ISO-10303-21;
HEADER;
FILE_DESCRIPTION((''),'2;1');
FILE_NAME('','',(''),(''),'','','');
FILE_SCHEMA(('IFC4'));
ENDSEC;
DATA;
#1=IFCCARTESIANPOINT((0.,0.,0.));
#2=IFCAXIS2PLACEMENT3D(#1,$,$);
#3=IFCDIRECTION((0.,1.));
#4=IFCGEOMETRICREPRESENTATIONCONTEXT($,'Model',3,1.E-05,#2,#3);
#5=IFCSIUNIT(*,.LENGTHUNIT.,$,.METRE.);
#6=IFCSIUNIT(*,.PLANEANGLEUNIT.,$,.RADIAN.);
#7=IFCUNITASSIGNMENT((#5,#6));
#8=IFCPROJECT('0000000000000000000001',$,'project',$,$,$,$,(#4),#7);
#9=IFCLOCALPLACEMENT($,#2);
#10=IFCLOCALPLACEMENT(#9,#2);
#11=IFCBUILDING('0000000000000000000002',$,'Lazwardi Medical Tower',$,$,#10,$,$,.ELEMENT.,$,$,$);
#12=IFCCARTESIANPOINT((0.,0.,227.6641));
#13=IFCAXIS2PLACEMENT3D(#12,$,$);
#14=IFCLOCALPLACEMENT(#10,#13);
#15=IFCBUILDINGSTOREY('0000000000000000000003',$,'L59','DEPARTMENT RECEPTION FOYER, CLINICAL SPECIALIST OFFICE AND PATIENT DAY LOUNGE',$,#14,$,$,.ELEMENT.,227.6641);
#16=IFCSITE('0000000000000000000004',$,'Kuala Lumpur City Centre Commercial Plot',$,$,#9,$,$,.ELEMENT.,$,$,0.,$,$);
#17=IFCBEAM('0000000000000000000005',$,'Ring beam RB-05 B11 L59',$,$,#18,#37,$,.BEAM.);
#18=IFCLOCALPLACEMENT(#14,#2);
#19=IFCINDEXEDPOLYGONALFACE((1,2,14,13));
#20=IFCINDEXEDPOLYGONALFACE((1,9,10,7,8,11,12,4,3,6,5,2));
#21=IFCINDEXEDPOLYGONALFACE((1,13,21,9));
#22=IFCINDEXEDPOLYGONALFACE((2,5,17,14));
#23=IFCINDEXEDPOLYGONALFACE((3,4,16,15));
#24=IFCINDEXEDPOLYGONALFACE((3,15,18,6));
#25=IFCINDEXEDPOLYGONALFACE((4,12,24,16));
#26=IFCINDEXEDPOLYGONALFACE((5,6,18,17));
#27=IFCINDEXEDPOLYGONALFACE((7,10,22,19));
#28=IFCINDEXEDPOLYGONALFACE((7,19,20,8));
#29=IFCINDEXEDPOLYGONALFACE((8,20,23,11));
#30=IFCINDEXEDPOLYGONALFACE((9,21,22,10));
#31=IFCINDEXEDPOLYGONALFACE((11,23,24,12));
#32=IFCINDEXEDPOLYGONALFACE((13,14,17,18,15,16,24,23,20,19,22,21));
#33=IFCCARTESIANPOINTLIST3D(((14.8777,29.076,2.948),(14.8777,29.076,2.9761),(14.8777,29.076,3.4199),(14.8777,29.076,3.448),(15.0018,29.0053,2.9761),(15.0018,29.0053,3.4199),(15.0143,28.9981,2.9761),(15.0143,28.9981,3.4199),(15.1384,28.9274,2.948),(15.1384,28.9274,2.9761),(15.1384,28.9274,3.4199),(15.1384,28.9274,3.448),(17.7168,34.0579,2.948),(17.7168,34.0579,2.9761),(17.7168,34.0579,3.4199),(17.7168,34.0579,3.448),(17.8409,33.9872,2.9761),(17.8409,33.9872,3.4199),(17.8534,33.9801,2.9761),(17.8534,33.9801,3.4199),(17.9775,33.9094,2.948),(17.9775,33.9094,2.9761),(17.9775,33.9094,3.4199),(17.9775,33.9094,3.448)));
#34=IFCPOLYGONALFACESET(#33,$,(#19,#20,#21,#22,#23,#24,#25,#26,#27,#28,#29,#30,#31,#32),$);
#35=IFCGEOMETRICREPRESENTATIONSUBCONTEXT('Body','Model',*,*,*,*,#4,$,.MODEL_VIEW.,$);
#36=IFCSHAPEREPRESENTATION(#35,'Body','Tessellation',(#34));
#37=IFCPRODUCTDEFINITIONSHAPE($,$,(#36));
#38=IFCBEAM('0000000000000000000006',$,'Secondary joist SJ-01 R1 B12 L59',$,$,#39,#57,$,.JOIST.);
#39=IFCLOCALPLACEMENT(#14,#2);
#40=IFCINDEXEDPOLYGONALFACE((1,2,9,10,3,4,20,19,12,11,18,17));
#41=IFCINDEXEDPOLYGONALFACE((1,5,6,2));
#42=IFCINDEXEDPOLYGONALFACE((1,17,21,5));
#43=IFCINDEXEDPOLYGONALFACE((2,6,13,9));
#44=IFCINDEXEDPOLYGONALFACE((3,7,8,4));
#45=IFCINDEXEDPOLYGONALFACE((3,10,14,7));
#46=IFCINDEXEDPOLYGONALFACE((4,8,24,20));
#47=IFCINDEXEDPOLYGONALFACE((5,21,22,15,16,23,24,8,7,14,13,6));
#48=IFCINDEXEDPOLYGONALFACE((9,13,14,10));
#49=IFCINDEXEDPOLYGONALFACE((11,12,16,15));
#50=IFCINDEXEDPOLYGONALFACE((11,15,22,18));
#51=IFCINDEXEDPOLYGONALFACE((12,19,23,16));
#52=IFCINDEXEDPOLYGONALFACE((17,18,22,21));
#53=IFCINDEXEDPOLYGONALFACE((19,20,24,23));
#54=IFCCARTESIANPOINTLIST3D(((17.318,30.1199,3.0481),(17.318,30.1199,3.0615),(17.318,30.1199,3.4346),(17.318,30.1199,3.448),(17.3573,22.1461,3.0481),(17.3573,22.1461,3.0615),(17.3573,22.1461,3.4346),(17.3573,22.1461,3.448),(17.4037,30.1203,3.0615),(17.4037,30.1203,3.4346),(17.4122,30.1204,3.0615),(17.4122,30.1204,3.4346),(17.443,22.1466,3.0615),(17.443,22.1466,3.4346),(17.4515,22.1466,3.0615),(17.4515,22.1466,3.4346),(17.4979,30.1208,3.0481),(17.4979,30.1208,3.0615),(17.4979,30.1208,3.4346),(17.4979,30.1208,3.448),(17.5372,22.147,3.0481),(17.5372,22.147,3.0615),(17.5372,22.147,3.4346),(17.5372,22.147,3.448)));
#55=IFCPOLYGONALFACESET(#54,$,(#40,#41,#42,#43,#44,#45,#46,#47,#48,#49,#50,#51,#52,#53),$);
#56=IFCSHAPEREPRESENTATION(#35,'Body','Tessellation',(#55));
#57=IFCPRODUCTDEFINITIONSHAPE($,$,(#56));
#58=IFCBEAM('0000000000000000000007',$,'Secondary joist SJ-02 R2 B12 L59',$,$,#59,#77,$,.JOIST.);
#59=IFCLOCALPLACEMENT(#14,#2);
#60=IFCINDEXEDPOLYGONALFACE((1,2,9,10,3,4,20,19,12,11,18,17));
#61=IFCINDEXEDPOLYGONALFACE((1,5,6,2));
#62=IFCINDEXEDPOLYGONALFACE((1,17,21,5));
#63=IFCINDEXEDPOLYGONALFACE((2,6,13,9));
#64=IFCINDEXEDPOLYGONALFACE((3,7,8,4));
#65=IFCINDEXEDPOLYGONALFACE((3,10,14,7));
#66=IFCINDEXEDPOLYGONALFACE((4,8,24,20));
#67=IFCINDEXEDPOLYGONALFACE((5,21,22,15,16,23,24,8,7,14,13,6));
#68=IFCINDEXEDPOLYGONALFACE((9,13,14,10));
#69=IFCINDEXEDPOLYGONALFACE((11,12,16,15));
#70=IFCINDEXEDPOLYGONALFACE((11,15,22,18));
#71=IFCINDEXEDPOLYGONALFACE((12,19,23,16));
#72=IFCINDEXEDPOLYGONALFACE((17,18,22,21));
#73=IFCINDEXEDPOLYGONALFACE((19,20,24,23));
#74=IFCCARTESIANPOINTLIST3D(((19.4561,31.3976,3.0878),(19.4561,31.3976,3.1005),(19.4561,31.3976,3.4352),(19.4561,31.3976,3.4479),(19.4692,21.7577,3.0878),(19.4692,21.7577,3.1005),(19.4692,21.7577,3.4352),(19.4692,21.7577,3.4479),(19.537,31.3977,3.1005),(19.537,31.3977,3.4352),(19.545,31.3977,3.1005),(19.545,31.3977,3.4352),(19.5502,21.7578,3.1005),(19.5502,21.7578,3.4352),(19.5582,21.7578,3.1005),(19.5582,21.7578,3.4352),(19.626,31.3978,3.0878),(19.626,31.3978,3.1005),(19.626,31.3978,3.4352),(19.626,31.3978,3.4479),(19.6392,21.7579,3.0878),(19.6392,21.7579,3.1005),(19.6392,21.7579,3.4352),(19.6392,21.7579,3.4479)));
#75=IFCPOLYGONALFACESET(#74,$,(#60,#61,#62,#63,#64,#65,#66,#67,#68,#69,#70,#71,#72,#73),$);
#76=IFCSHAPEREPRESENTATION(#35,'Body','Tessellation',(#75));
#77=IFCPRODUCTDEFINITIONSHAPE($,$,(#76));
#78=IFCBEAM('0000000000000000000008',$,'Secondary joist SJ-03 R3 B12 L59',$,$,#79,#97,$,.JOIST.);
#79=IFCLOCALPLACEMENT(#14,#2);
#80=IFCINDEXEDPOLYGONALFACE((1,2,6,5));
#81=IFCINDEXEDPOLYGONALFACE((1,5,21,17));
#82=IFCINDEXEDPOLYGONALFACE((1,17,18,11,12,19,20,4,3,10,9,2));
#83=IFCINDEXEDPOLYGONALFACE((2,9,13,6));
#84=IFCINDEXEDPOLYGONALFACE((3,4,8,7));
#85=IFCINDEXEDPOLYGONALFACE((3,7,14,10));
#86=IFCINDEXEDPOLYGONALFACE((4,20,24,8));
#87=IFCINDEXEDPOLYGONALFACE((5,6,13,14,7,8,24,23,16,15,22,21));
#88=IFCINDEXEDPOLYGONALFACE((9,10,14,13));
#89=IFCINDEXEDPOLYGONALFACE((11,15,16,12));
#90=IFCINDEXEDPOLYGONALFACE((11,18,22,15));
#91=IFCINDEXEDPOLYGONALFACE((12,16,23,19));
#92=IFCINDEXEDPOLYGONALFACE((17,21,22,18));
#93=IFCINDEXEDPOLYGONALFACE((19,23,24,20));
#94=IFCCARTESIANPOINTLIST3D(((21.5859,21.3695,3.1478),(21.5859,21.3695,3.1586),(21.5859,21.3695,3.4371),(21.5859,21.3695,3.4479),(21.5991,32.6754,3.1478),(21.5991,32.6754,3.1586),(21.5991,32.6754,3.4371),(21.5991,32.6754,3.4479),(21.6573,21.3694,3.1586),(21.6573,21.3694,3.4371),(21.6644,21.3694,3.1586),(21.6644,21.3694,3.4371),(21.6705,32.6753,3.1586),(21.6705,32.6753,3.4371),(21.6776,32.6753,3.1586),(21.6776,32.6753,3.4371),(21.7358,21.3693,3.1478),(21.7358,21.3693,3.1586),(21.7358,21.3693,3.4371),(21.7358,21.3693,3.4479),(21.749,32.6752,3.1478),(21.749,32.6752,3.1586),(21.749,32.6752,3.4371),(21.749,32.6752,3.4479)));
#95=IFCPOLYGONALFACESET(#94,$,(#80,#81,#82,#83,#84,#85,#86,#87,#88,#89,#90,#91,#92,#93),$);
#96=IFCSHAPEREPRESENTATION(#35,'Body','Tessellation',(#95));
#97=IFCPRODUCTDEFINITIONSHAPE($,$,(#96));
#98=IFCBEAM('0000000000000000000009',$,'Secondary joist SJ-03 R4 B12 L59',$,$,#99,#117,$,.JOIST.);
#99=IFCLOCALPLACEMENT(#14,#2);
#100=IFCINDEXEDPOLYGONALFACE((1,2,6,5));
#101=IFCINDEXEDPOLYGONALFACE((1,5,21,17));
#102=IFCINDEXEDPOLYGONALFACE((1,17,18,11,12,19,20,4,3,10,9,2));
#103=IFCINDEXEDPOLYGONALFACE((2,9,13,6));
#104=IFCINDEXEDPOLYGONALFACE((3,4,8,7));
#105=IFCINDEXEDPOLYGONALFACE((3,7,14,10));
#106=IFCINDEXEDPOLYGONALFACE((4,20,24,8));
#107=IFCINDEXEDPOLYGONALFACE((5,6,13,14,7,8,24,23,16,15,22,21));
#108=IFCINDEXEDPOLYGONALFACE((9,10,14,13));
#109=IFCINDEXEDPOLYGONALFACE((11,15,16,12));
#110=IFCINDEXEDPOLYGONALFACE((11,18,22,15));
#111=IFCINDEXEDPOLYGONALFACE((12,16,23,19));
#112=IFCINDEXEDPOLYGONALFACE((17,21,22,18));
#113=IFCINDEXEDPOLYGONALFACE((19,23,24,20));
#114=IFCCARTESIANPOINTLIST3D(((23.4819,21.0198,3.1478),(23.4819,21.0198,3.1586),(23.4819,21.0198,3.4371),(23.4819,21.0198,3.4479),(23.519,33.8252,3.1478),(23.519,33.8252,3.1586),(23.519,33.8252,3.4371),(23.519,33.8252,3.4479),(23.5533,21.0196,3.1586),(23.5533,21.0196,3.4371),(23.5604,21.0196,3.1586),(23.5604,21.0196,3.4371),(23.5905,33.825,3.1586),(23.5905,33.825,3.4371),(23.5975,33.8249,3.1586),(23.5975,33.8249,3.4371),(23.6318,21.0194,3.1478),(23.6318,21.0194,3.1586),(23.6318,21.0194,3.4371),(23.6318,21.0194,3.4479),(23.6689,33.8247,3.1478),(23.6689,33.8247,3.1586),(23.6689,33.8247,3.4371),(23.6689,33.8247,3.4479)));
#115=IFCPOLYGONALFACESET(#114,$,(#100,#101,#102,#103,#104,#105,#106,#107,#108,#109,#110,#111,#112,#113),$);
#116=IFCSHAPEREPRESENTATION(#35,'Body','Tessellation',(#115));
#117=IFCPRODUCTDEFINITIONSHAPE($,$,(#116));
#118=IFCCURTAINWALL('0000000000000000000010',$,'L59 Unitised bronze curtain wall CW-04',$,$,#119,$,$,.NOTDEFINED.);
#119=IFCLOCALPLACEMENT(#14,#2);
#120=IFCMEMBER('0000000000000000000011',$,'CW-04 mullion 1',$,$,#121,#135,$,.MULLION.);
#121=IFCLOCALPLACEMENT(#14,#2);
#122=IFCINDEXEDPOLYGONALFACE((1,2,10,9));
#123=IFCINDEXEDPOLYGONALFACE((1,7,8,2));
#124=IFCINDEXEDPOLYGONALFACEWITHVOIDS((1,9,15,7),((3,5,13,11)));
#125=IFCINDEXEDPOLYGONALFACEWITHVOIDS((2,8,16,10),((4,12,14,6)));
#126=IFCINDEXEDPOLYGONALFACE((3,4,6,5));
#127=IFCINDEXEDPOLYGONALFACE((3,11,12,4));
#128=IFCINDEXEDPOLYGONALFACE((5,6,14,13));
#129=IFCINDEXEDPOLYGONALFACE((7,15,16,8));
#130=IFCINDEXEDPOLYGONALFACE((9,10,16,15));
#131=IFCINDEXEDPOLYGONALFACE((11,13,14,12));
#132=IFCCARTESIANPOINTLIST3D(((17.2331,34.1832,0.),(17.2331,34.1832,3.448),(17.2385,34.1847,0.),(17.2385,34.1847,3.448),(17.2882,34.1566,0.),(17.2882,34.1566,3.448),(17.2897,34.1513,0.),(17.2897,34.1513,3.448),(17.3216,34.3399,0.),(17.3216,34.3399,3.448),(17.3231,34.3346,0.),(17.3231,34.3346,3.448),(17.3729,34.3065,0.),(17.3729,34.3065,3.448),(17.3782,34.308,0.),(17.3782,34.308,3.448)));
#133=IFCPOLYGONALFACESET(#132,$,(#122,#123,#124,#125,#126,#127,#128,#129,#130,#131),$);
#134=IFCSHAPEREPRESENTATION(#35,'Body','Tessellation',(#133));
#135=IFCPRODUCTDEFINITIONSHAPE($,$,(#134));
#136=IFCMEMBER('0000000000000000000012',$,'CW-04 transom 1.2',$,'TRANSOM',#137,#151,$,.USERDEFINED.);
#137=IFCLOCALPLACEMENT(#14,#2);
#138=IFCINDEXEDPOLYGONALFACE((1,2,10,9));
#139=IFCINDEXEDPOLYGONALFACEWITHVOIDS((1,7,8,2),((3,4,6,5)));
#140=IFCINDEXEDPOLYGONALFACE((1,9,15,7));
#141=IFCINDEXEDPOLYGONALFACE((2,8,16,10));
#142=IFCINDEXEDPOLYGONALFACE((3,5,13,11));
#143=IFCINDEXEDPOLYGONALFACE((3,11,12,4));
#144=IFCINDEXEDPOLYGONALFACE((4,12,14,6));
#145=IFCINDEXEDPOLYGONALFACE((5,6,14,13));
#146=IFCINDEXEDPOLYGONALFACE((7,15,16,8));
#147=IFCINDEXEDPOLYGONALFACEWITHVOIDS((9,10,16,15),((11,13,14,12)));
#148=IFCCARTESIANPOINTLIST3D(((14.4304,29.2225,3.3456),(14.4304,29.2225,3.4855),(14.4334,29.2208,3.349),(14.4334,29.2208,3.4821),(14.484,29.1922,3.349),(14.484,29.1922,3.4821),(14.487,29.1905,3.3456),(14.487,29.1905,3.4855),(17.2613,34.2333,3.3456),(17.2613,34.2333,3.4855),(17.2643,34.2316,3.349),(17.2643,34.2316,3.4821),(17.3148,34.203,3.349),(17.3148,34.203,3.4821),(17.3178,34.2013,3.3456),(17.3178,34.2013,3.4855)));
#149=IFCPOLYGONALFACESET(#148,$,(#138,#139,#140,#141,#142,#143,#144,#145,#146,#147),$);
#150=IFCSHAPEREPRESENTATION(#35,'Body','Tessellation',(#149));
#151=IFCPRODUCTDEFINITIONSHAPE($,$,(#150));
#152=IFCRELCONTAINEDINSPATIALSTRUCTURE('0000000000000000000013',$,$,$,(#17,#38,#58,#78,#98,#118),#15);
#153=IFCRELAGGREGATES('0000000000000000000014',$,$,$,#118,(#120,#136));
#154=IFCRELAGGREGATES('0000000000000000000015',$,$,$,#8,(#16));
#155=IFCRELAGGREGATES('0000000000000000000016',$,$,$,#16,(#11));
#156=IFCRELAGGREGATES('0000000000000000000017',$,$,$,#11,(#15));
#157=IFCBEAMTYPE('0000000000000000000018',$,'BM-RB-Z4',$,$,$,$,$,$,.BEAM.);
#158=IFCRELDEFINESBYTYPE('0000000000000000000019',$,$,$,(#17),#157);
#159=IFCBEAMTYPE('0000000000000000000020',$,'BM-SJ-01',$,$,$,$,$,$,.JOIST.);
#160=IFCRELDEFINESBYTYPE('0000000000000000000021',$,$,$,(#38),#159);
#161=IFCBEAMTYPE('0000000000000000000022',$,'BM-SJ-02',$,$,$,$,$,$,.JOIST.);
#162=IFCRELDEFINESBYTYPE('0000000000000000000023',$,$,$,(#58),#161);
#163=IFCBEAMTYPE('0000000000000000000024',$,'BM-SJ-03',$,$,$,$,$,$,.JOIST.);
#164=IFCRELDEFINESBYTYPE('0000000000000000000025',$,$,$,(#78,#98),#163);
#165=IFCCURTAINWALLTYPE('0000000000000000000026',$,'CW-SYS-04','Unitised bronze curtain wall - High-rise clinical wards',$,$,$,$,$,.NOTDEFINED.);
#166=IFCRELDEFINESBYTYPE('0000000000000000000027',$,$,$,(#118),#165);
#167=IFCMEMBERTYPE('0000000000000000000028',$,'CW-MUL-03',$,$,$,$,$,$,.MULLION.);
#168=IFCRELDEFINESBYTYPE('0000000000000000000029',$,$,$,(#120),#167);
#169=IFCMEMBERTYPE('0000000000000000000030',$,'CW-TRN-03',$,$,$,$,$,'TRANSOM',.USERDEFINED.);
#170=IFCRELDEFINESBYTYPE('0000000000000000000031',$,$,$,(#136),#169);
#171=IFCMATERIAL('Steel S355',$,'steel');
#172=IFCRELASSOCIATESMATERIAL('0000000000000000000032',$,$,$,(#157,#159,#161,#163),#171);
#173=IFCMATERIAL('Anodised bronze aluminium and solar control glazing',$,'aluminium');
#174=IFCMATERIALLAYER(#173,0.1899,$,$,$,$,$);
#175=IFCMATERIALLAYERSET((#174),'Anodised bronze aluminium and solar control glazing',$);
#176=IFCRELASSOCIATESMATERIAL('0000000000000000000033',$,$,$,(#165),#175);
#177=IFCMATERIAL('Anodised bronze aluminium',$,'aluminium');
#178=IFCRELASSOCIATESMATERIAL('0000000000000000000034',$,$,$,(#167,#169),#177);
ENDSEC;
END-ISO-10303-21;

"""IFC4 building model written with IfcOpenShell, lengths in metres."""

from ifc_helpers import new_model, si_unit, direction, frame, origin, origin_2d, place, context, subcontext, project, spatial, hollow_rectangle, i_section, extrude, material, layer, layer_set, material_profile, profile_set, type_object, element, aggregate, save


model = new_model("IFC4")

# Units and contexts
model_context = context("Model", 3, precision=1e-05, world=origin(), true_north=direction((0.0, 1.0)))
body_context = subcontext(model_context, "Body", "Model", "MODEL_VIEW")
ifc_project = project(units=[si_unit("LENGTHUNIT", "METRE"), si_unit("PLANEANGLEUNIT", "RADIAN")], contexts=[model_context])

# Site, building, storey
site_placement = place(None, origin())
site = spatial("IfcSite", under=ifc_project, at=site_placement, Name="Kuala Lumpur City Centre Commercial Plot", CompositionType="ELEMENT", RefElevation=0.0)
building_placement = place(site_placement, origin())
building = spatial("IfcBuilding", under=site, at=building_placement, Name="Lazwardi Medical Tower", CompositionType="ELEMENT")
storey_placement = place(building_placement, frame((0.0, 0.0, 227.6641)))
storey = spatial("IfcBuildingStorey", under=building, at=storey_placement, Name="L59", Description="DEPARTMENT RECEPTION FOYER, CLINICAL SPECIALIST OFFICE AND PATIENT DAY LOUNGE", CompositionType="ELEMENT", Elevation=227.6641)

# Beams
ifc_material_1 = material(Name="Steel S355", Category="steel")
ifc_material_profile_1 = material_profile(ifc_material_1, i_section(OverallWidth=0.3, OverallDepth=0.5, WebThickness=0.0144, FlangeThickness=0.0281, at=origin_2d()), Name="HEB 500")
ifc_profile_set_1 = profile_set([ifc_material_profile_1], Name="Steel S355")
beam_type_1 = type_object("IfcBeamType", Name="BM-RB-Z4", PredefinedType="BEAM", material=ifc_profile_set_1)
beam_1_placement = place(storey_placement, frame((17.8472, 33.9836, 3.198), z_axis=(-0.495125, -0.868822, 0.0), x_axis=(0.868822, -0.495125, 0.0)))
element("IfcBeam", 1, at=beam_1_placement, inside=storey, type_object=beam_type_1, Name="Ring beam RB-05 B11 L59", PredefinedType="BEAM", context=body_context, shape_type="SweptSolid", body=[
    extrude(i_section(OverallWidth=0.3, OverallDepth=0.5, WebThickness=0.0144, FlangeThickness=0.0281, at=origin_2d()), origin(), (0.0, 0.0, 1.0), 5.7341),
])
ifc_material_profile_2 = material_profile(ifc_material_1, i_section(OverallWidth=0.1799, OverallDepth=0.3999, WebThickness=0.0085, FlangeThickness=0.0134, at=origin_2d()), Name="IPE 400")
ifc_profile_set_2 = profile_set([ifc_material_profile_2], Name="Steel S355")
beam_type_2 = type_object("IfcBeamType", Name="BM-SJ-01", PredefinedType="JOIST", material=ifc_profile_set_2)
beam_2_placement = place(storey_placement, frame((17.408, 30.1204, 3.248), z_axis=(0.004929, -0.999988, 0.0), x_axis=(0.999988, 0.004929, 0.0)))
element("IfcBeam", 2, at=beam_2_placement, inside=storey, type_object=beam_type_2, Name="Secondary joist SJ-01 R1 B12 L59", PredefinedType="JOIST", context=body_context, shape_type="SweptSolid", body=[
    extrude(i_section(OverallWidth=0.1799, OverallDepth=0.3999, WebThickness=0.0085, FlangeThickness=0.0134, at=origin_2d()), origin(), (0.0, 0.0, 1.0), 7.9739),
])
ifc_material_profile_3 = material_profile(ifc_material_1, i_section(OverallWidth=0.1699, OverallDepth=0.3601, WebThickness=0.0081, FlangeThickness=0.0127, at=origin_2d()), Name="IPE 360")
ifc_profile_set_3 = profile_set([ifc_material_profile_3], Name="Steel S355")
beam_type_3 = type_object("IfcBeamType", Name="BM-SJ-02", PredefinedType="JOIST", material=ifc_profile_set_3)
beam_3_placement = place(storey_placement, frame((19.541, 31.3977, 3.2678), z_axis=(0.001368, -0.999999, 0.0), x_axis=(0.999999, 0.001368, 0.0)))
element("IfcBeam", 3, at=beam_3_placement, inside=storey, type_object=beam_type_3, Name="Secondary joist SJ-02 R2 B12 L59", PredefinedType="JOIST", context=body_context, shape_type="SweptSolid", body=[
    extrude(i_section(OverallWidth=0.1699, OverallDepth=0.3601, WebThickness=0.0081, FlangeThickness=0.0127, at=origin_2d()), origin(), (0.0, 0.0, 1.0), 9.6399),
])
ifc_material_profile_4 = material_profile(ifc_material_1, i_section(OverallWidth=0.1499, OverallDepth=0.3, WebThickness=0.0071, FlangeThickness=0.0107, at=origin_2d()), Name="IPE 300")
ifc_profile_set_4 = profile_set([ifc_material_profile_4], Name="Steel S355")
beam_type_4 = type_object("IfcBeamType", Name="BM-SJ-03", PredefinedType="JOIST", material=ifc_profile_set_4)
beam_4_placement = place(storey_placement, frame((21.6741, 32.6753, 3.2979), z_axis=(-0.001166, -0.999999, 0.0), x_axis=(0.999999, -0.001166, 0.0)))
element("IfcBeam", 4, at=beam_4_placement, inside=storey, type_object=beam_type_4, Name="Secondary joist SJ-03 R3 B12 L59", PredefinedType="JOIST", context=body_context, shape_type="SweptSolid", body=[
    extrude(i_section(OverallWidth=0.1499, OverallDepth=0.3, WebThickness=0.0071, FlangeThickness=0.0107, at=origin_2d()), origin(), (0.0, 0.0, 1.0), 11.3059),
])
beam_5_placement = place(storey_placement, frame((23.594, 33.825, 3.2979), z_axis=(-0.002898, -0.999996, 0.0), x_axis=(0.999996, -0.002898, 0.0)))
element("IfcBeam", 5, at=beam_5_placement, inside=storey, type_object=beam_type_4, Name="Secondary joist SJ-03 R4 B12 L59", PredefinedType="JOIST", context=body_context, shape_type="SweptSolid", body=[
    extrude(i_section(OverallWidth=0.1499, OverallDepth=0.3, WebThickness=0.0071, FlangeThickness=0.0107, at=origin_2d()), origin(), (0.0, 0.0, 1.0), 12.8054),
])

# Curtain wall, members
ifc_material_2 = material(Name="Anodised bronze aluminium and solar control glazing", Category="aluminium")
ifc_layer_1 = layer(ifc_material_2, 0.1899)
ifc_layer_set_1 = layer_set([ifc_layer_1], Name="Anodised bronze aluminium and solar control glazing")
curtain_wall_type = type_object("IfcCurtainWallType", Name="CW-SYS-04", Description="Unitised bronze curtain wall - High-rise clinical wards", PredefinedType="NOTDEFINED", material=ifc_layer_set_1)
curtain_wall_placement = place(storey_placement, origin())
curtain_wall = element("IfcCurtainWall", 6, at=curtain_wall_placement, inside=storey, type_object=curtain_wall_type, Name="L59 Unitised bronze curtain wall CW-04", PredefinedType="NOTDEFINED")
ifc_material_3 = material(Name="Anodised bronze aluminium", Category="aluminium")
ifc_material_profile_5 = material_profile(ifc_material_3, hollow_rectangle(XDim=0.0649, YDim=0.1799, WallThickness=0.0039, at=origin_2d()), Name="ALU-MULLION 180x65x4")
ifc_profile_set_5 = profile_set([ifc_material_profile_5], Name="Anodised bronze aluminium")
member_type_1 = type_object("IfcMemberType", Name="CW-MUL-03", PredefinedType="MULLION", material=ifc_profile_set_5)
member_1_placement = place(storey_placement, frame((17.3057, 34.2456, 0.0), z_axis=(0.0, 0.0, 1.0), x_axis=(0.870651, -0.4919, 0.0)))
member_1 = element("IfcMember", 7, at=member_1_placement, type_object=member_type_1, Name="CW-04 mullion 1", PredefinedType="MULLION", context=body_context, shape_type="SweptSolid", body=[
    extrude(hollow_rectangle(XDim=0.0649, YDim=0.1799, WallThickness=0.0039, at=origin_2d()), origin(), (0.0, 0.0, 1.0), 3.448),
])
ifc_material_profile_6 = material_profile(ifc_material_3, hollow_rectangle(XDim=0.0649, YDim=0.1399, WallThickness=0.0034, at=origin_2d()), Name="ALU-TRANSOM 140x65x3.5")
ifc_profile_set_6 = profile_set([ifc_material_profile_6], Name="Anodised bronze aluminium")
member_type_2 = type_object("IfcMemberType", Name="CW-TRN-03", ElementType="TRANSOM", PredefinedType="USERDEFINED", material=ifc_profile_set_6)
member_2_placement = place(storey_placement, frame((17.2896, 34.2173, 3.4155), z_axis=(-0.49188, -0.870663, 0.0), x_axis=(0.870663, -0.49188, 0.0)))
member_2 = element("IfcMember", 8, at=member_2_placement, type_object=member_type_2, Name="CW-04 transom 1.2", ObjectType="TRANSOM", PredefinedType="USERDEFINED", context=body_context, shape_type="SweptSolid", body=[
    extrude(hollow_rectangle(XDim=0.0649, YDim=0.1399, WallThickness=0.0034, at=origin_2d()), origin(), (0.0, 0.0, 1.0), 5.7551),
])
aggregate(curtain_wall, [member_1, member_2])

save(model, "model.ifc")
